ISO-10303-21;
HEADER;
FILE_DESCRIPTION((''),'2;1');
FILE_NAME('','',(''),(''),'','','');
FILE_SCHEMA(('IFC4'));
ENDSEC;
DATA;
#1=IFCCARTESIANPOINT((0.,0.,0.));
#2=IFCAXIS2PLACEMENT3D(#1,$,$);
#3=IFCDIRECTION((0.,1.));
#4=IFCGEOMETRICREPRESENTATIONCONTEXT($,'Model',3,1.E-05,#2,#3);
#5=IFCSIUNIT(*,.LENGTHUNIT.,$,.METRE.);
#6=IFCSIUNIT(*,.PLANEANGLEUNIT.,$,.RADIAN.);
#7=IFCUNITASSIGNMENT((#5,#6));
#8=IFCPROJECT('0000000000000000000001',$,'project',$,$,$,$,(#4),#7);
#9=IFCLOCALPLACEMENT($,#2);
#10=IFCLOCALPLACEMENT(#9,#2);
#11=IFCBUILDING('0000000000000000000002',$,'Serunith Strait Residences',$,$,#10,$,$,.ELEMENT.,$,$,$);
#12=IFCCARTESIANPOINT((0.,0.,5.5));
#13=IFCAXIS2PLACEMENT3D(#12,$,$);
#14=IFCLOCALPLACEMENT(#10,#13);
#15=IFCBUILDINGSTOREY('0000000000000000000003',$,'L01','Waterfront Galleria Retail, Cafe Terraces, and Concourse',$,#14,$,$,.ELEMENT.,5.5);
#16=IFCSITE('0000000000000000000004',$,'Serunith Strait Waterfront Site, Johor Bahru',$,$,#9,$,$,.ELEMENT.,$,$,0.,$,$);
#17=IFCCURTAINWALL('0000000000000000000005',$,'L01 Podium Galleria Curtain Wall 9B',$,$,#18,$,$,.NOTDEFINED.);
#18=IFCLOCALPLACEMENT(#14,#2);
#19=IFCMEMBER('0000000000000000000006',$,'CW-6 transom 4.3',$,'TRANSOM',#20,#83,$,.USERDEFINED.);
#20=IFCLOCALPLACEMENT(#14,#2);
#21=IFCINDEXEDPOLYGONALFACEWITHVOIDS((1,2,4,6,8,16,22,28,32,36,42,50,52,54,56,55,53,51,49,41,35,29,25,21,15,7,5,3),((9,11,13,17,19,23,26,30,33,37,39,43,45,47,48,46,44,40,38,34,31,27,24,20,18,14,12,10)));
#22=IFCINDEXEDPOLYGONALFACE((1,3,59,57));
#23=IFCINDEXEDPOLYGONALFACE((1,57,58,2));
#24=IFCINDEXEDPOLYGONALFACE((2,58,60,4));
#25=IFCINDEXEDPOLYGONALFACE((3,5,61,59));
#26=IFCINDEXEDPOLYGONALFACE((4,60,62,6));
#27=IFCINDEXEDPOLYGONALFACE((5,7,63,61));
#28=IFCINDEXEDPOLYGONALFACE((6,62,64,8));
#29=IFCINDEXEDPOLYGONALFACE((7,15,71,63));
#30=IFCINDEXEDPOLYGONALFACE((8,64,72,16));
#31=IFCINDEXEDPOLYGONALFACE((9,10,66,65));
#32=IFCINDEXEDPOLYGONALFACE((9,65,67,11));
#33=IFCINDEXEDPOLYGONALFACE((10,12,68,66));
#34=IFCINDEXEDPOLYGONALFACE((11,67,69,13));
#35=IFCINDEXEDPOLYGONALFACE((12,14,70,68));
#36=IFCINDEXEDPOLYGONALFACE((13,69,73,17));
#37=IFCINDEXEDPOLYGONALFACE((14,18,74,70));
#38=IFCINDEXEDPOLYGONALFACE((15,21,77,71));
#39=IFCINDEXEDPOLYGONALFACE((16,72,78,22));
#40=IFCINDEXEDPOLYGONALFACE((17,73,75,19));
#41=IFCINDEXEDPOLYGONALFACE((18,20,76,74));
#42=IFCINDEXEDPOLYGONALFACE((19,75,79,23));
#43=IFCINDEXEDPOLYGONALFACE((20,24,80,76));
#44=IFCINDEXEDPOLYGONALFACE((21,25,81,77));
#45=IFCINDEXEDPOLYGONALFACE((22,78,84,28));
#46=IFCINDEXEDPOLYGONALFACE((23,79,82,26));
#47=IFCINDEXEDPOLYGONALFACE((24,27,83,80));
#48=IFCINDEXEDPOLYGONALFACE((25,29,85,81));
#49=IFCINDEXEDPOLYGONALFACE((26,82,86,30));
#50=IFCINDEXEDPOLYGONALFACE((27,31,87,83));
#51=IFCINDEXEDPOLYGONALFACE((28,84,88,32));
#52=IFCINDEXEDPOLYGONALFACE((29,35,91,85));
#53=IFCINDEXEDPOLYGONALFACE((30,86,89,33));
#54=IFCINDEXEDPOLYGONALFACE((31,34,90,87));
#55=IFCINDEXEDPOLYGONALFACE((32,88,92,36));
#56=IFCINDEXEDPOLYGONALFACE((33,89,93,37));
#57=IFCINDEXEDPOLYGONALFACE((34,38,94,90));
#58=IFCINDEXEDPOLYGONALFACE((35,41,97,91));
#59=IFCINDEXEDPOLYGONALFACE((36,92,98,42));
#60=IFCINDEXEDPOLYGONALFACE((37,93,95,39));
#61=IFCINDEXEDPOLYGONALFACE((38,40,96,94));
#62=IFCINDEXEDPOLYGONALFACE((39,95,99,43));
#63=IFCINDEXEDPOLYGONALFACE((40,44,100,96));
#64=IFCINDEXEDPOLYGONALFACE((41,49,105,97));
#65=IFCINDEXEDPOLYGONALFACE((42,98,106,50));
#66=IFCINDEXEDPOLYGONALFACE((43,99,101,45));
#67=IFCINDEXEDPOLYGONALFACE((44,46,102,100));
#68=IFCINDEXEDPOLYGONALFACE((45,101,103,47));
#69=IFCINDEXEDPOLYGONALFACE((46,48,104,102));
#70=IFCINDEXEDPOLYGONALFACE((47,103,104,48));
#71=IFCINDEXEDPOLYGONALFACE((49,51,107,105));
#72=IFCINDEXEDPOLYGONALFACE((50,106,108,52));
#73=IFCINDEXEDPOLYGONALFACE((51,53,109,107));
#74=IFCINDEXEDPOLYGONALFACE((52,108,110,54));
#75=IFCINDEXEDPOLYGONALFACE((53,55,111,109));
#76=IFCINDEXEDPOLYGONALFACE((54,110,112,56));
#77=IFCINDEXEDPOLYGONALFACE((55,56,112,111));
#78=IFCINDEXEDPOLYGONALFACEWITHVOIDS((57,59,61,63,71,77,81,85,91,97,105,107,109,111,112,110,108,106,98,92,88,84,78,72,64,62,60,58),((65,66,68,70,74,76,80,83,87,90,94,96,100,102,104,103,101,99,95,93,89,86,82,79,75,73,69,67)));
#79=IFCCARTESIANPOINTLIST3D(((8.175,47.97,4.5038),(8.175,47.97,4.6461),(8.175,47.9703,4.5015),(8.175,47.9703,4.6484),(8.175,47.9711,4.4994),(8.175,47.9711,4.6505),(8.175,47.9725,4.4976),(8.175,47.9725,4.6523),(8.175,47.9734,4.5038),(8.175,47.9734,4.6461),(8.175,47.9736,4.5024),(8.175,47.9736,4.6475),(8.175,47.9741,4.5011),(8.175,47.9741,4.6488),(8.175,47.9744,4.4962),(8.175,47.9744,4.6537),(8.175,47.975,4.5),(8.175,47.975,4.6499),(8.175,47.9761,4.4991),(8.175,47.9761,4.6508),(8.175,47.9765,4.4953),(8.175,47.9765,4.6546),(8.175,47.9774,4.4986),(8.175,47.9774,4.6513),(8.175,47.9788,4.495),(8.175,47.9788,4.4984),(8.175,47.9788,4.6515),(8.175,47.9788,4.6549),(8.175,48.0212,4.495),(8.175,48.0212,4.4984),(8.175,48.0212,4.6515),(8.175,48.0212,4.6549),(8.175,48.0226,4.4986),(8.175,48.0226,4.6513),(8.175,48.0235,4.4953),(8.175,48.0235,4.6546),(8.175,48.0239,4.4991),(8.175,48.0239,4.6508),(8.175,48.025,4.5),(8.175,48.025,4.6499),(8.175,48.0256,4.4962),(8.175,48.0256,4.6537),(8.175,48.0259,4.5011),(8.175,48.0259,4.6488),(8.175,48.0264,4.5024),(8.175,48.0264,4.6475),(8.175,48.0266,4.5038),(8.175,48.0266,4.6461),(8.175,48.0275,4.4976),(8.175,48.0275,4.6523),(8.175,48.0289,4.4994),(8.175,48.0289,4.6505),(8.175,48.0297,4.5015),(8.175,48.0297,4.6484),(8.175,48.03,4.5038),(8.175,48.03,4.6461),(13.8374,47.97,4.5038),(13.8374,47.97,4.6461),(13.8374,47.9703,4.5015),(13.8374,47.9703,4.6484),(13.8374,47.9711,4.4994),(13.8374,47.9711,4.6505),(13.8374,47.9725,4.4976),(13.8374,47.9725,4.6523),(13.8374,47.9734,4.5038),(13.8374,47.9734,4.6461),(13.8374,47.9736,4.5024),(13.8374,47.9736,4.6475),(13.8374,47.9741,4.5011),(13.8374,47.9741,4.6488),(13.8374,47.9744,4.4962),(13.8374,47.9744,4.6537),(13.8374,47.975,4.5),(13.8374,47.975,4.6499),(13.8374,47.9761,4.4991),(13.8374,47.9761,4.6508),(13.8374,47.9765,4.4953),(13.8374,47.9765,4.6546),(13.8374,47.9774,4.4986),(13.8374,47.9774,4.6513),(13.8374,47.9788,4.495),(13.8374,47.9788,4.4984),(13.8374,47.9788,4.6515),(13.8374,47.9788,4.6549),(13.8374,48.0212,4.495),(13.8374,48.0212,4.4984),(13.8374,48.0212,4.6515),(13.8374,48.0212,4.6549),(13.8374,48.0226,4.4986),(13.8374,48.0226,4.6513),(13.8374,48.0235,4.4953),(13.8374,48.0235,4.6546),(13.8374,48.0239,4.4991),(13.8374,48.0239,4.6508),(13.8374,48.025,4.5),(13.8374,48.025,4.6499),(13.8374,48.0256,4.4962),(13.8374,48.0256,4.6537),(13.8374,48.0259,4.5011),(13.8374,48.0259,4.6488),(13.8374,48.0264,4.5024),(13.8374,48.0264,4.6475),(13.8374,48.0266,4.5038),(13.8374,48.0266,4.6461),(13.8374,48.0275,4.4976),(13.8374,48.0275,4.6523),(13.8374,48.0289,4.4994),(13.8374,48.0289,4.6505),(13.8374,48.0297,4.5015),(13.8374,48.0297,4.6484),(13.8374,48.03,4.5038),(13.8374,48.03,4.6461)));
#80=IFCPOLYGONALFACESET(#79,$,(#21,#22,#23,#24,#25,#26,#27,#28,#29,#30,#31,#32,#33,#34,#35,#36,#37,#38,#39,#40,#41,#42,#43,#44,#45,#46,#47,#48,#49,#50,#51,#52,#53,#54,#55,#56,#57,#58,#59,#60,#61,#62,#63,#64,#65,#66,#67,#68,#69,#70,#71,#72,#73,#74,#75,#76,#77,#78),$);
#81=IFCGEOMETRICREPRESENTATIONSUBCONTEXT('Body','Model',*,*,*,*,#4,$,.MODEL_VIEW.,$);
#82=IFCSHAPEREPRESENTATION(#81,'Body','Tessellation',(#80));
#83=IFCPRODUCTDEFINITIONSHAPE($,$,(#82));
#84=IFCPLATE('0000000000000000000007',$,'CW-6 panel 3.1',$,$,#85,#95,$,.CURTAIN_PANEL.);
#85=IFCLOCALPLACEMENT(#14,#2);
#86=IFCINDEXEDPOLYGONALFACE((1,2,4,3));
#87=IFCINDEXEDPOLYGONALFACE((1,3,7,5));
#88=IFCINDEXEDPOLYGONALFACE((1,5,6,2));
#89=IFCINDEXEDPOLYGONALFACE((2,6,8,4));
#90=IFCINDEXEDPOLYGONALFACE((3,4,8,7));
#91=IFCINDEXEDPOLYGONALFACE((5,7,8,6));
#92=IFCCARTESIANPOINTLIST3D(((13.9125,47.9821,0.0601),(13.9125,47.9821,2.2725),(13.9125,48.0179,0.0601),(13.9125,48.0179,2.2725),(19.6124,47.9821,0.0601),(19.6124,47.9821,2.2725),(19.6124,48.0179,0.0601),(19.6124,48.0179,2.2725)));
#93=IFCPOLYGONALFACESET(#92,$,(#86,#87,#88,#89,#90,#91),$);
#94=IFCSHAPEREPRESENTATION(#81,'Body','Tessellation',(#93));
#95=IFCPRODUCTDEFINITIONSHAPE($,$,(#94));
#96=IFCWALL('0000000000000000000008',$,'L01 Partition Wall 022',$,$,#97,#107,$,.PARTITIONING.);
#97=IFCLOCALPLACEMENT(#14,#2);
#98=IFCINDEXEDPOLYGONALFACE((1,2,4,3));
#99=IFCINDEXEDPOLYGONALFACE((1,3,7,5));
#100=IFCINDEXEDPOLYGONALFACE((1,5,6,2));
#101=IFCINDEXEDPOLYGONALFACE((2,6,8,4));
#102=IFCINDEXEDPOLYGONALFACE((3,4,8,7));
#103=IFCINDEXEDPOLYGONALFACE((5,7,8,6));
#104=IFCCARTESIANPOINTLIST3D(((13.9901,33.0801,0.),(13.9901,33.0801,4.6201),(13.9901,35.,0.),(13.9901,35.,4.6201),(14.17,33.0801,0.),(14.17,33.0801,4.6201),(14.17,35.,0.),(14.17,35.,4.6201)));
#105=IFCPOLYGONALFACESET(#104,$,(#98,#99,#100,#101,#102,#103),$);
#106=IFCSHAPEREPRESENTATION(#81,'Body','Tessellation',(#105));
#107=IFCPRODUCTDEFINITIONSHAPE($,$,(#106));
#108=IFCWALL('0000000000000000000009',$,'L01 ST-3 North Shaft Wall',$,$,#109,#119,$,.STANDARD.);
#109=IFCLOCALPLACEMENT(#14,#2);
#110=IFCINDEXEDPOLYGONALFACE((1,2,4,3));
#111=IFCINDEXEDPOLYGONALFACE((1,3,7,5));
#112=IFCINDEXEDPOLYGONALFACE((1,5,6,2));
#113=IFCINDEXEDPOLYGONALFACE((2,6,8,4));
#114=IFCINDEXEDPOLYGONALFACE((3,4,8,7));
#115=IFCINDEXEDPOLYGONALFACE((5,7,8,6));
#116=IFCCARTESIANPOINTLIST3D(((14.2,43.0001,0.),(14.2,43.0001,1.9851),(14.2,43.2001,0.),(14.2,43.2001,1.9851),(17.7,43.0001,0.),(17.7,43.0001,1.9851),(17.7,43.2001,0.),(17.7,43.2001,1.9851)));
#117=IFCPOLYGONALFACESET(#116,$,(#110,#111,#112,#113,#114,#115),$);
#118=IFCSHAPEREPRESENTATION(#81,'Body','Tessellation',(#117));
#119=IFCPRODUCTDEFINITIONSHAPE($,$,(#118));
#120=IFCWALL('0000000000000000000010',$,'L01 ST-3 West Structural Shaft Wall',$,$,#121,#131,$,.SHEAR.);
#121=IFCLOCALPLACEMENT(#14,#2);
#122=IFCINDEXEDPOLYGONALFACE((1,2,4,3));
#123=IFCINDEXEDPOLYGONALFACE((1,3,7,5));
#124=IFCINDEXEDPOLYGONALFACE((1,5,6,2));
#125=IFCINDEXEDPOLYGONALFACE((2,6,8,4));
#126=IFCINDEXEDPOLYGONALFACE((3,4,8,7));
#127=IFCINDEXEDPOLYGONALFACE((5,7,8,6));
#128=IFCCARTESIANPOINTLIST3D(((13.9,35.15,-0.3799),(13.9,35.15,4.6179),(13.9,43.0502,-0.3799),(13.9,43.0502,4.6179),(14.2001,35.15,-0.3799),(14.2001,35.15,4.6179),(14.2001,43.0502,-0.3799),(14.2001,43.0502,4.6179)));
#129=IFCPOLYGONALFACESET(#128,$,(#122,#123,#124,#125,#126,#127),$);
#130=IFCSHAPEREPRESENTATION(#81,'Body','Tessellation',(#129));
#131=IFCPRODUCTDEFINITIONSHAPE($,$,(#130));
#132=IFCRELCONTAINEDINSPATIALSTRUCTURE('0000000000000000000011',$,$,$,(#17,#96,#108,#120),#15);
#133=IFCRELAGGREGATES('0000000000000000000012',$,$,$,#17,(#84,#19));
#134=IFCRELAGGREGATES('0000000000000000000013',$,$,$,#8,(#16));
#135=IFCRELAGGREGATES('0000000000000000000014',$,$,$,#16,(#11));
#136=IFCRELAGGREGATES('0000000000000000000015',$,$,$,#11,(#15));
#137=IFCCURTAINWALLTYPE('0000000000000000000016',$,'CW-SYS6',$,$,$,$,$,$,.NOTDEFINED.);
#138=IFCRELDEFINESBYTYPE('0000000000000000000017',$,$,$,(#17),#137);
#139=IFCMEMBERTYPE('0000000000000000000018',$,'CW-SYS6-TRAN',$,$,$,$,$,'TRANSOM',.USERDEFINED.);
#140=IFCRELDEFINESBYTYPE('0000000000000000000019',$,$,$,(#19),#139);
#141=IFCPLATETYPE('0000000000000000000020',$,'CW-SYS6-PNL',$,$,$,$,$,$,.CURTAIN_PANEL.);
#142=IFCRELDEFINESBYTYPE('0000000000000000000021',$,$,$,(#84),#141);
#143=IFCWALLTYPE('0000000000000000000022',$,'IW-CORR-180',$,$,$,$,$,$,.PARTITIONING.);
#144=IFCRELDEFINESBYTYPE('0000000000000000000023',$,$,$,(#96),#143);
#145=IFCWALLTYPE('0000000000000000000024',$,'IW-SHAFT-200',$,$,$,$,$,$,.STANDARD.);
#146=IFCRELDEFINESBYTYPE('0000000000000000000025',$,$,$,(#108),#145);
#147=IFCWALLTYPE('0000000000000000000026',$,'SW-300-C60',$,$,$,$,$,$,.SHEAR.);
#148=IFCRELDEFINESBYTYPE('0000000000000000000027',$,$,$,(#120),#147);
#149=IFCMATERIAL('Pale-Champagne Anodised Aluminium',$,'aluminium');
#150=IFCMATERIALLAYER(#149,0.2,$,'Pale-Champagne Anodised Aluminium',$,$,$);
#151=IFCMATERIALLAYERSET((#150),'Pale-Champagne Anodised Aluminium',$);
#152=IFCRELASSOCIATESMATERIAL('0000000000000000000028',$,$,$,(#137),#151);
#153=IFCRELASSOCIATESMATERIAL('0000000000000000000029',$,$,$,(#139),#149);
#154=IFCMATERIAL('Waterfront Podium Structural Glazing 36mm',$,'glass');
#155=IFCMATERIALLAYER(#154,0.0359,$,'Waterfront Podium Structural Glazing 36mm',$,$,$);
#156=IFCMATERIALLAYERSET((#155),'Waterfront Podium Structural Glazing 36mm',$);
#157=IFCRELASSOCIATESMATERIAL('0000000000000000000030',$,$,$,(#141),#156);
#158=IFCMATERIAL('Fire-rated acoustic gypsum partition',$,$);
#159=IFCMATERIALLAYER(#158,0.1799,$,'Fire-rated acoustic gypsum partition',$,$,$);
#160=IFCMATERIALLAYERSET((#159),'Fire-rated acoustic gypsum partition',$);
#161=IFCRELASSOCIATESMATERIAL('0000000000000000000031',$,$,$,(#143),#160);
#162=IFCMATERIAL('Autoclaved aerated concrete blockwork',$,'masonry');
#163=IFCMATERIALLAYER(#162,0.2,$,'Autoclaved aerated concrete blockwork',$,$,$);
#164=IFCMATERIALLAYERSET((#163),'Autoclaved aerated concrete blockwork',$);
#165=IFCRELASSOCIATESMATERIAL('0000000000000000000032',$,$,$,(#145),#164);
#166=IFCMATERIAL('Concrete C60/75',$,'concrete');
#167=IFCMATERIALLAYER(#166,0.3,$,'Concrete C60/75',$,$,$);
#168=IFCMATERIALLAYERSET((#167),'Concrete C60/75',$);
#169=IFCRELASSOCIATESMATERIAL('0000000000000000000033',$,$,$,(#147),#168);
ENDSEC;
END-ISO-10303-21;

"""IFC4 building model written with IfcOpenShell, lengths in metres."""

from ifc_helpers import new_model, si_unit, direction, frame, frame_2d, origin, origin_2d, place, context, subcontext, project, spatial, rectangle, hollow_rectangle, extrude, source, transform, mapped, material, layer, layer_set, material_profile, profile_set, type_object, element, aggregate, save


model = new_model("IFC4")

# Units and contexts
model_context = context("Model", 3, precision=1e-05, world=origin(), true_north=direction((0.0, 1.0)))
body_context = subcontext(model_context, "Body", "Model", "MODEL_VIEW")
ifc_project = project(units=[si_unit("LENGTHUNIT", "METRE"), si_unit("PLANEANGLEUNIT", "RADIAN")], contexts=[model_context])

# Site, building, storey
site_placement = place(None, origin())
site = spatial("IfcSite", under=ifc_project, at=site_placement, Name="Serunith Strait Waterfront Site, Johor Bahru", CompositionType="ELEMENT", RefElevation=0.0)
building_placement = place(site_placement, origin())
building = spatial("IfcBuilding", under=site, at=building_placement, Name="Serunith Strait Residences", CompositionType="ELEMENT")
storey_placement = place(building_placement, frame((0.0, 0.0, 5.5)))
storey = spatial("IfcBuildingStorey", under=building, at=storey_placement, Name="L01", Description="Waterfront Galleria Retail, Cafe Terraces, and Concourse", CompositionType="ELEMENT", Elevation=5.5)

# Shared definitions
ifc_material_1 = material(Name="Concrete C60/75", Category="concrete")

# Curtain wall, member, plate
ifc_material_2 = material(Name="Pale-Champagne Anodised Aluminium", Category="aluminium")
ifc_layer_1 = layer(ifc_material_2, 0.2, Name="Pale-Champagne Anodised Aluminium")
ifc_layer_set_1 = layer_set([ifc_layer_1], Name="Pale-Champagne Anodised Aluminium")
curtain_wall_type = type_object("IfcCurtainWallType", Name="CW-SYS6", PredefinedType="NOTDEFINED", material=ifc_layer_set_1)
curtain_wall_placement = place(storey_placement, origin())
curtain_wall = element("IfcCurtainWall", 1, at=curtain_wall_placement, inside=storey, type_object=curtain_wall_type, Name="L01 Podium Galleria Curtain Wall 9B", PredefinedType="NOTDEFINED")
ifc_material_profile_1 = material_profile(ifc_material_2, hollow_rectangle(XDim=0.0601, YDim=0.1599, WallThickness=0.0034, InnerFilletRadius=0.0054, OuterFilletRadius=0.0088, at=origin_2d()), Name="ALU 160x60x3.5")
ifc_profile_set_1 = profile_set([ifc_material_profile_1], Name="Pale-Champagne Anodised Aluminium")
member_type_1 = type_object("IfcMemberType", Name="CW-SYS6-TRAN", ElementType="TRANSOM", PredefinedType="USERDEFINED", material=ifc_profile_set_1)
shared_shape_1 = source(origin(), body_context, "Body", "SweptSolid", [
    extrude(hollow_rectangle(XDim=0.0601, YDim=0.1599, WallThickness=0.0034, InnerFilletRadius=0.0054, OuterFilletRadius=0.0088, at=origin_2d()), origin(), (0.0, 0.0, 1.0), 5.6624),
])
member_1_placement = place(storey_placement, frame((13.8374, 48.0, 4.575), z_axis=(-1.0, 0.0, 0.0), x_axis=(0.0, -1.0, 0.0)))
member_1 = element("IfcMember", 2, at=member_1_placement, type_object=member_type_1, Name="CW-6 transom 4.3", ObjectType="TRANSOM", PredefinedType="USERDEFINED", context=body_context, shape_type="MappedRepresentation", body=[
    mapped(shared_shape_1, transform((0.0, 0.0, 0.0), scale=1.0)),
])
ifc_material_3 = material(Name="Waterfront Podium Structural Glazing 36mm", Category="glass")
ifc_layer_2 = layer(ifc_material_3, 0.0359, Name="Waterfront Podium Structural Glazing 36mm")
ifc_layer_set_2 = layer_set([ifc_layer_2], Name="Waterfront Podium Structural Glazing 36mm")
plate_type = type_object("IfcPlateType", Name="CW-SYS6-PNL", PredefinedType="CURTAIN_PANEL", material=ifc_layer_set_2)
shared_shape_2 = source(origin(), body_context, "Body", "SweptSolid", [
    extrude(rectangle(XDim=5.7, YDim=0.0359, at=origin_2d()), origin(), (0.0, 0.0, 1.0), 2.2124),
])
plate_placement = place(storey_placement, frame((16.7625, 48.0, 0.0601), z_axis=(0.0, 0.0, 1.0), x_axis=(-1.0, 0.0, 0.0)))
plate = element("IfcPlate", 3, at=plate_placement, type_object=plate_type, Name="CW-6 panel 3.1", PredefinedType="CURTAIN_PANEL", context=body_context, shape_type="MappedRepresentation", body=[
    mapped(shared_shape_2, transform((0.0, 0.0, 0.0), scale=1.0)),
])
aggregate(curtain_wall, [plate, member_1])

# Wall
ifc_material_4 = material(Name="Fire-rated acoustic gypsum partition")
ifc_layer_3 = layer(ifc_material_4, 0.1799, Name="Fire-rated acoustic gypsum partition")
ifc_layer_set_3 = layer_set([ifc_layer_3], Name="Fire-rated acoustic gypsum partition")
wall_type_1 = type_object("IfcWallType", Name="IW-CORR-180", PredefinedType="PARTITIONING", material=ifc_layer_set_3)
wall_1_placement = place(storey_placement, frame((14.0801, 33.0801, 0.0), z_axis=(0.0, 0.0, 1.0), x_axis=(0.0, 1.0, 0.0)))
element("IfcWall", 4, at=wall_1_placement, inside=storey, type_object=wall_type_1, Name="L01 Partition Wall 022", PredefinedType="PARTITIONING", context=body_context, shape_type="SweptSolid", body=[
    extrude(rectangle(XDim=1.9199, YDim=0.1799, at=frame_2d((0.96, 0.0))), origin(), (0.0, 0.0, 1.0), 4.6201),
])

# Shared definitions
ifc_material_5 = material(Name="Autoclaved aerated concrete blockwork", Category="masonry")
ifc_layer_4 = layer(ifc_material_5, 0.2, Name="Autoclaved aerated concrete blockwork")
ifc_layer_set_4 = layer_set([ifc_layer_4], Name="Autoclaved aerated concrete blockwork")
wall_type_2 = type_object("IfcWallType", Name="IW-SHAFT-200", PredefinedType="STANDARD", material=ifc_layer_set_4)

# Walls
wall_2_placement = place(storey_placement, frame((14.2, 43.1001, 0.0), z_axis=(0.0, 0.0, 1.0), x_axis=(1.0, 0.0, 0.0)))
element("IfcWall", 5, at=wall_2_placement, inside=storey, type_object=wall_type_2, Name="L01 ST-3 North Shaft Wall", PredefinedType="STANDARD", context=body_context, shape_type="SweptSolid", body=[
    extrude(rectangle(XDim=3.5, YDim=0.2, at=frame_2d((1.75, 0.0))), origin(), (0.0, 0.0, 1.0), 1.9851),
])
ifc_layer_5 = layer(ifc_material_1, 0.3, Name="Concrete C60/75")
ifc_layer_set_5 = layer_set([ifc_layer_5], Name="Concrete C60/75")
wall_type_3 = type_object("IfcWallType", Name="SW-300-C60", PredefinedType="SHEAR", material=ifc_layer_set_5)
wall_3_placement = place(storey_placement, frame((14.05, 35.1499, -0.3799), z_axis=(0.0, 0.0, 1.0), x_axis=(0.0, 1.0, 0.0)))
element("IfcWall", 6, at=wall_3_placement, inside=storey, type_object=wall_type_3, Name="L01 ST-3 West Structural Shaft Wall", PredefinedType="SHEAR", context=body_context, shape_type="SweptSolid", body=[
    extrude(rectangle(XDim=7.9001, YDim=0.3, at=frame_2d((3.9502, 0.0))), origin(), (0.0, 0.0, 1.0), 4.9978),
])

save(model, "model.ifc")
